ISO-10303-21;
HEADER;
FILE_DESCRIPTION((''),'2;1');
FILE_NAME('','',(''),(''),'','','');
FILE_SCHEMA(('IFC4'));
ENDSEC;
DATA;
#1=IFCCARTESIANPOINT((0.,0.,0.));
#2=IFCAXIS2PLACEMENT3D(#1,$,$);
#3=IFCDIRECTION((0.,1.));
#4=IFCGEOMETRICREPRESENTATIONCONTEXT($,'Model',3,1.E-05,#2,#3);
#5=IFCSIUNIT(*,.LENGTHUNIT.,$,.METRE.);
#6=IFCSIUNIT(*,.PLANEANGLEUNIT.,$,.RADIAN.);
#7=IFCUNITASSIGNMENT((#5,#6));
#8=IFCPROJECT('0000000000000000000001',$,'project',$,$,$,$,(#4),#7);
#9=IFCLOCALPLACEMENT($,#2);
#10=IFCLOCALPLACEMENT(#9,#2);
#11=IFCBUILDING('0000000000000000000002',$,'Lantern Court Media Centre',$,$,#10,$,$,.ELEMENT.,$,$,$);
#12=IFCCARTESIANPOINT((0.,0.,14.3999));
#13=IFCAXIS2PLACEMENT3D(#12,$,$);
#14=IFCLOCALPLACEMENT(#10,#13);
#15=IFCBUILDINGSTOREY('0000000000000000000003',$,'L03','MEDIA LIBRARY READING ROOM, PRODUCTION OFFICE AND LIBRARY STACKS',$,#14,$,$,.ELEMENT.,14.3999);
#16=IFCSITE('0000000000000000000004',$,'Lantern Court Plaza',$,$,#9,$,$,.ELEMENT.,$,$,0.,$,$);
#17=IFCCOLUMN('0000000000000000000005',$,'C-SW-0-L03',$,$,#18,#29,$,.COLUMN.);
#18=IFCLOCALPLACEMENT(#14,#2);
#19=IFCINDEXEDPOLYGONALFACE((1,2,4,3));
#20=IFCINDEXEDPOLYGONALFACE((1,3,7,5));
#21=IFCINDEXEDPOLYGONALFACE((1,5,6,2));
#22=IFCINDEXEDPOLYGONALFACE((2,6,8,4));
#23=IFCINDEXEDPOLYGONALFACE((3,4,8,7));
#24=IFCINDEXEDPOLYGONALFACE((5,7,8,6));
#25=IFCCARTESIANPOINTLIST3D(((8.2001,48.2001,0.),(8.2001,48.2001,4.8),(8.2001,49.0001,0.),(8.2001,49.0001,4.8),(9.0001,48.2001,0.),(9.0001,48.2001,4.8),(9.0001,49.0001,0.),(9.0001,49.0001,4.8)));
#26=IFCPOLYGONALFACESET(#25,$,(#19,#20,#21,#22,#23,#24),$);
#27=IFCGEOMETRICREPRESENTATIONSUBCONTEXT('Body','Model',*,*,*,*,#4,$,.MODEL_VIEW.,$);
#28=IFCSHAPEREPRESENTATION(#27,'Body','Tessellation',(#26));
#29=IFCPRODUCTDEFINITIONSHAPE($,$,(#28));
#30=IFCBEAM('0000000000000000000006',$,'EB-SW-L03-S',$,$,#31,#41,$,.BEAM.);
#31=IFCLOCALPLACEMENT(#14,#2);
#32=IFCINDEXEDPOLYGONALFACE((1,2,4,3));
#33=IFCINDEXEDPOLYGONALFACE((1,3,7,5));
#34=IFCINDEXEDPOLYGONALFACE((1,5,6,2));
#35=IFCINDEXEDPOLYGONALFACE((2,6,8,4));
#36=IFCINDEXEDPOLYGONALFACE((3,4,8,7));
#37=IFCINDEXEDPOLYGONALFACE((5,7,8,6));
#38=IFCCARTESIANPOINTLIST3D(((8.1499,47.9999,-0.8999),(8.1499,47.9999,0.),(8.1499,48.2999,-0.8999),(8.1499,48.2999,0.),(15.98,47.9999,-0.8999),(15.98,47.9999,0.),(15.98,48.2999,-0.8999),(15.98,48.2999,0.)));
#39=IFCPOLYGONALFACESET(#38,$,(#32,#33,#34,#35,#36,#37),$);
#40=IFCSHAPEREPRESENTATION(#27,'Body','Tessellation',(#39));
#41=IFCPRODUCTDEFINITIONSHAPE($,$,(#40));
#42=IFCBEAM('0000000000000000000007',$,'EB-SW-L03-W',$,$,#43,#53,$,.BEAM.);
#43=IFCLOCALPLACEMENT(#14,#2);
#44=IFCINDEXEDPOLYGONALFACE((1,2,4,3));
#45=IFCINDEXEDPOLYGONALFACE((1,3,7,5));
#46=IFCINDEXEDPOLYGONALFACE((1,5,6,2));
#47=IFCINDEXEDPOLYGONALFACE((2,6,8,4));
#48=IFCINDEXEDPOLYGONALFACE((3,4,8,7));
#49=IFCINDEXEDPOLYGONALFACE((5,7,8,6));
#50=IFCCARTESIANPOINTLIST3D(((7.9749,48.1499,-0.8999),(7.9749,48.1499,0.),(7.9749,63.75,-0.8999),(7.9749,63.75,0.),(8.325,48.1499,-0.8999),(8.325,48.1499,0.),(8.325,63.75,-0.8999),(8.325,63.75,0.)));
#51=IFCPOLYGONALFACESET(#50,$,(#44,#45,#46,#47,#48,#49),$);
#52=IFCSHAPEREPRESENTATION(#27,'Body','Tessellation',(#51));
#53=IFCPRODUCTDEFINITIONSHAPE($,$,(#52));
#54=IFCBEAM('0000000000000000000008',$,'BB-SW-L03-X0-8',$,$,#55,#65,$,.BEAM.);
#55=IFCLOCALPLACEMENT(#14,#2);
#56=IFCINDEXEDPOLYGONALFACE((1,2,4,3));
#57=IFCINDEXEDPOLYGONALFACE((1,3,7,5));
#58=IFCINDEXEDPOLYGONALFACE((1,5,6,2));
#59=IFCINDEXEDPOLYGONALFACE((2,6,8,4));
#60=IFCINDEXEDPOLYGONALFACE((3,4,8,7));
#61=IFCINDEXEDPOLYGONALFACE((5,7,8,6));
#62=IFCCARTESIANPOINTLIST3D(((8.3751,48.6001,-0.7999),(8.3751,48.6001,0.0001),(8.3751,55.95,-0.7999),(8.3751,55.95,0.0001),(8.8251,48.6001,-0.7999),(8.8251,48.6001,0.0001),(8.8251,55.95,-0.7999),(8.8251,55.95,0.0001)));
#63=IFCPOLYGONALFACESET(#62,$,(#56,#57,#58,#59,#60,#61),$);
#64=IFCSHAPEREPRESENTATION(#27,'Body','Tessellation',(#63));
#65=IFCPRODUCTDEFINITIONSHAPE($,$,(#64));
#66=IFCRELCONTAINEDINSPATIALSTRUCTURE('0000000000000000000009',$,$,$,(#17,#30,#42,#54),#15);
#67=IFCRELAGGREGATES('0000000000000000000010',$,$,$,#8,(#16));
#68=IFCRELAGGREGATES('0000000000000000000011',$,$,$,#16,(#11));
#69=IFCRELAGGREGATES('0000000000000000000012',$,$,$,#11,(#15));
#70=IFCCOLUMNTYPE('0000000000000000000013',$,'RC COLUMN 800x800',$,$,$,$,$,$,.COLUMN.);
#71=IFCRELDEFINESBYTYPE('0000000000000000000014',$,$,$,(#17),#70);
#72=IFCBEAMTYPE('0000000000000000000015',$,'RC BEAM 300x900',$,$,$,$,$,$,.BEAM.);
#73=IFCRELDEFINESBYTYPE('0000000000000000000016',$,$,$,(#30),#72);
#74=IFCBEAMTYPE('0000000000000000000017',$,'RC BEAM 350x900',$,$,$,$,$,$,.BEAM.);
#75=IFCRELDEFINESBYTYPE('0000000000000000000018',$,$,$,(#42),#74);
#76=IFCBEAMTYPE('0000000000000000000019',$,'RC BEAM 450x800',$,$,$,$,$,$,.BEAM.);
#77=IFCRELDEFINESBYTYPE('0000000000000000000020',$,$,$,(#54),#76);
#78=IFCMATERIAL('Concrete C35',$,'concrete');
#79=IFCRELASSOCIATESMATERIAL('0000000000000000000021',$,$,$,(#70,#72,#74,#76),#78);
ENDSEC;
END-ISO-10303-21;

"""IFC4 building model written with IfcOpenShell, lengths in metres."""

from ifc_helpers import new_model, si_unit, direction, frame, origin, origin_2d, place, context, subcontext, project, spatial, rectangle, extrude, material, material_profile, profile_set, type_object, element, save


model = new_model("IFC4")

# Units and contexts
model_context = context("Model", 3, precision=1e-05, world=origin(), true_north=direction((0.0, 1.0)))
body_context = subcontext(model_context, "Body", "Model", "MODEL_VIEW")
ifc_project = project(units=[si_unit("LENGTHUNIT", "METRE"), si_unit("PLANEANGLEUNIT", "RADIAN")], contexts=[model_context])

# Site, building, storey
site_placement = place(None, origin())
site = spatial("IfcSite", under=ifc_project, at=site_placement, Name="Lantern Court Plaza", CompositionType="ELEMENT", RefElevation=0.0)
building_placement = place(site_placement, origin())
building = spatial("IfcBuilding", under=site, at=building_placement, Name="Lantern Court Media Centre", CompositionType="ELEMENT")
storey_placement = place(building_placement, frame((0.0, 0.0, 14.3999)))
storey = spatial("IfcBuildingStorey", under=building, at=storey_placement, Name="L03", Description="MEDIA LIBRARY READING ROOM, PRODUCTION OFFICE AND LIBRARY STACKS", CompositionType="ELEMENT", Elevation=14.3999)

# Column
ifc_material_1 = material(Name="Concrete C35", Category="concrete")
ifc_material_profile_1 = material_profile(ifc_material_1, rectangle(XDim=0.8, YDim=0.8, at=origin_2d()), Name="RC 800x800")
ifc_profile_set_1 = profile_set([ifc_material_profile_1], Name="Concrete C35")
column_type = type_object("IfcColumnType", Name="RC COLUMN 800x800", PredefinedType="COLUMN", material=ifc_profile_set_1)
column_placement = place(storey_placement, frame((8.6001, 48.6001, 0.0), z_axis=(0.0, 0.0, 1.0), x_axis=(1.0, 0.0, 0.0)))
element("IfcColumn", 1, at=column_placement, inside=storey, type_object=column_type, Name="C-SW-0-L03", PredefinedType="COLUMN", context=body_context, shape_type="SweptSolid", body=[
    extrude(rectangle(XDim=0.8, YDim=0.8, at=origin_2d()), origin(), (0.0, 0.0, 1.0), 4.8),
])

# Beams
ifc_material_profile_2 = material_profile(ifc_material_1, rectangle(XDim=0.3, YDim=0.8999, at=origin_2d()), Name="RC 300x900")
ifc_profile_set_2 = profile_set([ifc_material_profile_2], Name="Concrete C35")
beam_type_1 = type_object("IfcBeamType", Name="RC BEAM 300x900", PredefinedType="BEAM", material=ifc_profile_set_2)
beam_1_placement = place(storey_placement, frame((8.1499, 48.1499, -0.45), z_axis=(1.0, 0.0, 0.0), x_axis=(0.0, 1.0, 0.0)))
element("IfcBeam", 2, at=beam_1_placement, inside=storey, type_object=beam_type_1, Name="EB-SW-L03-S", PredefinedType="BEAM", context=body_context, shape_type="SweptSolid", body=[
    extrude(rectangle(XDim=0.3, YDim=0.8999, at=origin_2d()), origin(), (0.0, 0.0, 1.0), 7.8301),
])
ifc_material_profile_3 = material_profile(ifc_material_1, rectangle(XDim=0.3501, YDim=0.8999, at=origin_2d()), Name="RC 350x900")
ifc_profile_set_3 = profile_set([ifc_material_profile_3], Name="Concrete C35")
beam_type_2 = type_object("IfcBeamType", Name="RC BEAM 350x900", PredefinedType="BEAM", material=ifc_profile_set_3)
beam_2_placement = place(storey_placement, frame((8.1499, 48.1499, -0.45), z_axis=(0.0, 1.0, 0.0), x_axis=(-1.0, 0.0, 0.0)))
element("IfcBeam", 3, at=beam_2_placement, inside=storey, type_object=beam_type_2, Name="EB-SW-L03-W", PredefinedType="BEAM", context=body_context, shape_type="SweptSolid", body=[
    extrude(rectangle(XDim=0.3501, YDim=0.8999, at=origin_2d()), origin(), (0.0, 0.0, 1.0), 15.6001),
])
ifc_material_profile_4 = material_profile(ifc_material_1, rectangle(XDim=0.45, YDim=0.8, at=origin_2d()), Name="RC 450x800")
ifc_profile_set_4 = profile_set([ifc_material_profile_4], Name="Concrete C35")
beam_type_3 = type_object("IfcBeamType", Name="RC BEAM 450x800", PredefinedType="BEAM", material=ifc_profile_set_4)
beam_3_placement = place(storey_placement, frame((8.6001, 48.6001, -0.3999), z_axis=(0.0, 1.0, 0.0), x_axis=(-1.0, 0.0, 0.0)))
element("IfcBeam", 4, at=beam_3_placement, inside=storey, type_object=beam_type_3, Name="BB-SW-L03-X0-8", PredefinedType="BEAM", context=body_context, shape_type="SweptSolid", body=[
    extrude(rectangle(XDim=0.45, YDim=0.8, at=origin_2d()), origin(), (0.0, 0.0, 1.0), 7.3499),
])

save(model, "model.ifc")
